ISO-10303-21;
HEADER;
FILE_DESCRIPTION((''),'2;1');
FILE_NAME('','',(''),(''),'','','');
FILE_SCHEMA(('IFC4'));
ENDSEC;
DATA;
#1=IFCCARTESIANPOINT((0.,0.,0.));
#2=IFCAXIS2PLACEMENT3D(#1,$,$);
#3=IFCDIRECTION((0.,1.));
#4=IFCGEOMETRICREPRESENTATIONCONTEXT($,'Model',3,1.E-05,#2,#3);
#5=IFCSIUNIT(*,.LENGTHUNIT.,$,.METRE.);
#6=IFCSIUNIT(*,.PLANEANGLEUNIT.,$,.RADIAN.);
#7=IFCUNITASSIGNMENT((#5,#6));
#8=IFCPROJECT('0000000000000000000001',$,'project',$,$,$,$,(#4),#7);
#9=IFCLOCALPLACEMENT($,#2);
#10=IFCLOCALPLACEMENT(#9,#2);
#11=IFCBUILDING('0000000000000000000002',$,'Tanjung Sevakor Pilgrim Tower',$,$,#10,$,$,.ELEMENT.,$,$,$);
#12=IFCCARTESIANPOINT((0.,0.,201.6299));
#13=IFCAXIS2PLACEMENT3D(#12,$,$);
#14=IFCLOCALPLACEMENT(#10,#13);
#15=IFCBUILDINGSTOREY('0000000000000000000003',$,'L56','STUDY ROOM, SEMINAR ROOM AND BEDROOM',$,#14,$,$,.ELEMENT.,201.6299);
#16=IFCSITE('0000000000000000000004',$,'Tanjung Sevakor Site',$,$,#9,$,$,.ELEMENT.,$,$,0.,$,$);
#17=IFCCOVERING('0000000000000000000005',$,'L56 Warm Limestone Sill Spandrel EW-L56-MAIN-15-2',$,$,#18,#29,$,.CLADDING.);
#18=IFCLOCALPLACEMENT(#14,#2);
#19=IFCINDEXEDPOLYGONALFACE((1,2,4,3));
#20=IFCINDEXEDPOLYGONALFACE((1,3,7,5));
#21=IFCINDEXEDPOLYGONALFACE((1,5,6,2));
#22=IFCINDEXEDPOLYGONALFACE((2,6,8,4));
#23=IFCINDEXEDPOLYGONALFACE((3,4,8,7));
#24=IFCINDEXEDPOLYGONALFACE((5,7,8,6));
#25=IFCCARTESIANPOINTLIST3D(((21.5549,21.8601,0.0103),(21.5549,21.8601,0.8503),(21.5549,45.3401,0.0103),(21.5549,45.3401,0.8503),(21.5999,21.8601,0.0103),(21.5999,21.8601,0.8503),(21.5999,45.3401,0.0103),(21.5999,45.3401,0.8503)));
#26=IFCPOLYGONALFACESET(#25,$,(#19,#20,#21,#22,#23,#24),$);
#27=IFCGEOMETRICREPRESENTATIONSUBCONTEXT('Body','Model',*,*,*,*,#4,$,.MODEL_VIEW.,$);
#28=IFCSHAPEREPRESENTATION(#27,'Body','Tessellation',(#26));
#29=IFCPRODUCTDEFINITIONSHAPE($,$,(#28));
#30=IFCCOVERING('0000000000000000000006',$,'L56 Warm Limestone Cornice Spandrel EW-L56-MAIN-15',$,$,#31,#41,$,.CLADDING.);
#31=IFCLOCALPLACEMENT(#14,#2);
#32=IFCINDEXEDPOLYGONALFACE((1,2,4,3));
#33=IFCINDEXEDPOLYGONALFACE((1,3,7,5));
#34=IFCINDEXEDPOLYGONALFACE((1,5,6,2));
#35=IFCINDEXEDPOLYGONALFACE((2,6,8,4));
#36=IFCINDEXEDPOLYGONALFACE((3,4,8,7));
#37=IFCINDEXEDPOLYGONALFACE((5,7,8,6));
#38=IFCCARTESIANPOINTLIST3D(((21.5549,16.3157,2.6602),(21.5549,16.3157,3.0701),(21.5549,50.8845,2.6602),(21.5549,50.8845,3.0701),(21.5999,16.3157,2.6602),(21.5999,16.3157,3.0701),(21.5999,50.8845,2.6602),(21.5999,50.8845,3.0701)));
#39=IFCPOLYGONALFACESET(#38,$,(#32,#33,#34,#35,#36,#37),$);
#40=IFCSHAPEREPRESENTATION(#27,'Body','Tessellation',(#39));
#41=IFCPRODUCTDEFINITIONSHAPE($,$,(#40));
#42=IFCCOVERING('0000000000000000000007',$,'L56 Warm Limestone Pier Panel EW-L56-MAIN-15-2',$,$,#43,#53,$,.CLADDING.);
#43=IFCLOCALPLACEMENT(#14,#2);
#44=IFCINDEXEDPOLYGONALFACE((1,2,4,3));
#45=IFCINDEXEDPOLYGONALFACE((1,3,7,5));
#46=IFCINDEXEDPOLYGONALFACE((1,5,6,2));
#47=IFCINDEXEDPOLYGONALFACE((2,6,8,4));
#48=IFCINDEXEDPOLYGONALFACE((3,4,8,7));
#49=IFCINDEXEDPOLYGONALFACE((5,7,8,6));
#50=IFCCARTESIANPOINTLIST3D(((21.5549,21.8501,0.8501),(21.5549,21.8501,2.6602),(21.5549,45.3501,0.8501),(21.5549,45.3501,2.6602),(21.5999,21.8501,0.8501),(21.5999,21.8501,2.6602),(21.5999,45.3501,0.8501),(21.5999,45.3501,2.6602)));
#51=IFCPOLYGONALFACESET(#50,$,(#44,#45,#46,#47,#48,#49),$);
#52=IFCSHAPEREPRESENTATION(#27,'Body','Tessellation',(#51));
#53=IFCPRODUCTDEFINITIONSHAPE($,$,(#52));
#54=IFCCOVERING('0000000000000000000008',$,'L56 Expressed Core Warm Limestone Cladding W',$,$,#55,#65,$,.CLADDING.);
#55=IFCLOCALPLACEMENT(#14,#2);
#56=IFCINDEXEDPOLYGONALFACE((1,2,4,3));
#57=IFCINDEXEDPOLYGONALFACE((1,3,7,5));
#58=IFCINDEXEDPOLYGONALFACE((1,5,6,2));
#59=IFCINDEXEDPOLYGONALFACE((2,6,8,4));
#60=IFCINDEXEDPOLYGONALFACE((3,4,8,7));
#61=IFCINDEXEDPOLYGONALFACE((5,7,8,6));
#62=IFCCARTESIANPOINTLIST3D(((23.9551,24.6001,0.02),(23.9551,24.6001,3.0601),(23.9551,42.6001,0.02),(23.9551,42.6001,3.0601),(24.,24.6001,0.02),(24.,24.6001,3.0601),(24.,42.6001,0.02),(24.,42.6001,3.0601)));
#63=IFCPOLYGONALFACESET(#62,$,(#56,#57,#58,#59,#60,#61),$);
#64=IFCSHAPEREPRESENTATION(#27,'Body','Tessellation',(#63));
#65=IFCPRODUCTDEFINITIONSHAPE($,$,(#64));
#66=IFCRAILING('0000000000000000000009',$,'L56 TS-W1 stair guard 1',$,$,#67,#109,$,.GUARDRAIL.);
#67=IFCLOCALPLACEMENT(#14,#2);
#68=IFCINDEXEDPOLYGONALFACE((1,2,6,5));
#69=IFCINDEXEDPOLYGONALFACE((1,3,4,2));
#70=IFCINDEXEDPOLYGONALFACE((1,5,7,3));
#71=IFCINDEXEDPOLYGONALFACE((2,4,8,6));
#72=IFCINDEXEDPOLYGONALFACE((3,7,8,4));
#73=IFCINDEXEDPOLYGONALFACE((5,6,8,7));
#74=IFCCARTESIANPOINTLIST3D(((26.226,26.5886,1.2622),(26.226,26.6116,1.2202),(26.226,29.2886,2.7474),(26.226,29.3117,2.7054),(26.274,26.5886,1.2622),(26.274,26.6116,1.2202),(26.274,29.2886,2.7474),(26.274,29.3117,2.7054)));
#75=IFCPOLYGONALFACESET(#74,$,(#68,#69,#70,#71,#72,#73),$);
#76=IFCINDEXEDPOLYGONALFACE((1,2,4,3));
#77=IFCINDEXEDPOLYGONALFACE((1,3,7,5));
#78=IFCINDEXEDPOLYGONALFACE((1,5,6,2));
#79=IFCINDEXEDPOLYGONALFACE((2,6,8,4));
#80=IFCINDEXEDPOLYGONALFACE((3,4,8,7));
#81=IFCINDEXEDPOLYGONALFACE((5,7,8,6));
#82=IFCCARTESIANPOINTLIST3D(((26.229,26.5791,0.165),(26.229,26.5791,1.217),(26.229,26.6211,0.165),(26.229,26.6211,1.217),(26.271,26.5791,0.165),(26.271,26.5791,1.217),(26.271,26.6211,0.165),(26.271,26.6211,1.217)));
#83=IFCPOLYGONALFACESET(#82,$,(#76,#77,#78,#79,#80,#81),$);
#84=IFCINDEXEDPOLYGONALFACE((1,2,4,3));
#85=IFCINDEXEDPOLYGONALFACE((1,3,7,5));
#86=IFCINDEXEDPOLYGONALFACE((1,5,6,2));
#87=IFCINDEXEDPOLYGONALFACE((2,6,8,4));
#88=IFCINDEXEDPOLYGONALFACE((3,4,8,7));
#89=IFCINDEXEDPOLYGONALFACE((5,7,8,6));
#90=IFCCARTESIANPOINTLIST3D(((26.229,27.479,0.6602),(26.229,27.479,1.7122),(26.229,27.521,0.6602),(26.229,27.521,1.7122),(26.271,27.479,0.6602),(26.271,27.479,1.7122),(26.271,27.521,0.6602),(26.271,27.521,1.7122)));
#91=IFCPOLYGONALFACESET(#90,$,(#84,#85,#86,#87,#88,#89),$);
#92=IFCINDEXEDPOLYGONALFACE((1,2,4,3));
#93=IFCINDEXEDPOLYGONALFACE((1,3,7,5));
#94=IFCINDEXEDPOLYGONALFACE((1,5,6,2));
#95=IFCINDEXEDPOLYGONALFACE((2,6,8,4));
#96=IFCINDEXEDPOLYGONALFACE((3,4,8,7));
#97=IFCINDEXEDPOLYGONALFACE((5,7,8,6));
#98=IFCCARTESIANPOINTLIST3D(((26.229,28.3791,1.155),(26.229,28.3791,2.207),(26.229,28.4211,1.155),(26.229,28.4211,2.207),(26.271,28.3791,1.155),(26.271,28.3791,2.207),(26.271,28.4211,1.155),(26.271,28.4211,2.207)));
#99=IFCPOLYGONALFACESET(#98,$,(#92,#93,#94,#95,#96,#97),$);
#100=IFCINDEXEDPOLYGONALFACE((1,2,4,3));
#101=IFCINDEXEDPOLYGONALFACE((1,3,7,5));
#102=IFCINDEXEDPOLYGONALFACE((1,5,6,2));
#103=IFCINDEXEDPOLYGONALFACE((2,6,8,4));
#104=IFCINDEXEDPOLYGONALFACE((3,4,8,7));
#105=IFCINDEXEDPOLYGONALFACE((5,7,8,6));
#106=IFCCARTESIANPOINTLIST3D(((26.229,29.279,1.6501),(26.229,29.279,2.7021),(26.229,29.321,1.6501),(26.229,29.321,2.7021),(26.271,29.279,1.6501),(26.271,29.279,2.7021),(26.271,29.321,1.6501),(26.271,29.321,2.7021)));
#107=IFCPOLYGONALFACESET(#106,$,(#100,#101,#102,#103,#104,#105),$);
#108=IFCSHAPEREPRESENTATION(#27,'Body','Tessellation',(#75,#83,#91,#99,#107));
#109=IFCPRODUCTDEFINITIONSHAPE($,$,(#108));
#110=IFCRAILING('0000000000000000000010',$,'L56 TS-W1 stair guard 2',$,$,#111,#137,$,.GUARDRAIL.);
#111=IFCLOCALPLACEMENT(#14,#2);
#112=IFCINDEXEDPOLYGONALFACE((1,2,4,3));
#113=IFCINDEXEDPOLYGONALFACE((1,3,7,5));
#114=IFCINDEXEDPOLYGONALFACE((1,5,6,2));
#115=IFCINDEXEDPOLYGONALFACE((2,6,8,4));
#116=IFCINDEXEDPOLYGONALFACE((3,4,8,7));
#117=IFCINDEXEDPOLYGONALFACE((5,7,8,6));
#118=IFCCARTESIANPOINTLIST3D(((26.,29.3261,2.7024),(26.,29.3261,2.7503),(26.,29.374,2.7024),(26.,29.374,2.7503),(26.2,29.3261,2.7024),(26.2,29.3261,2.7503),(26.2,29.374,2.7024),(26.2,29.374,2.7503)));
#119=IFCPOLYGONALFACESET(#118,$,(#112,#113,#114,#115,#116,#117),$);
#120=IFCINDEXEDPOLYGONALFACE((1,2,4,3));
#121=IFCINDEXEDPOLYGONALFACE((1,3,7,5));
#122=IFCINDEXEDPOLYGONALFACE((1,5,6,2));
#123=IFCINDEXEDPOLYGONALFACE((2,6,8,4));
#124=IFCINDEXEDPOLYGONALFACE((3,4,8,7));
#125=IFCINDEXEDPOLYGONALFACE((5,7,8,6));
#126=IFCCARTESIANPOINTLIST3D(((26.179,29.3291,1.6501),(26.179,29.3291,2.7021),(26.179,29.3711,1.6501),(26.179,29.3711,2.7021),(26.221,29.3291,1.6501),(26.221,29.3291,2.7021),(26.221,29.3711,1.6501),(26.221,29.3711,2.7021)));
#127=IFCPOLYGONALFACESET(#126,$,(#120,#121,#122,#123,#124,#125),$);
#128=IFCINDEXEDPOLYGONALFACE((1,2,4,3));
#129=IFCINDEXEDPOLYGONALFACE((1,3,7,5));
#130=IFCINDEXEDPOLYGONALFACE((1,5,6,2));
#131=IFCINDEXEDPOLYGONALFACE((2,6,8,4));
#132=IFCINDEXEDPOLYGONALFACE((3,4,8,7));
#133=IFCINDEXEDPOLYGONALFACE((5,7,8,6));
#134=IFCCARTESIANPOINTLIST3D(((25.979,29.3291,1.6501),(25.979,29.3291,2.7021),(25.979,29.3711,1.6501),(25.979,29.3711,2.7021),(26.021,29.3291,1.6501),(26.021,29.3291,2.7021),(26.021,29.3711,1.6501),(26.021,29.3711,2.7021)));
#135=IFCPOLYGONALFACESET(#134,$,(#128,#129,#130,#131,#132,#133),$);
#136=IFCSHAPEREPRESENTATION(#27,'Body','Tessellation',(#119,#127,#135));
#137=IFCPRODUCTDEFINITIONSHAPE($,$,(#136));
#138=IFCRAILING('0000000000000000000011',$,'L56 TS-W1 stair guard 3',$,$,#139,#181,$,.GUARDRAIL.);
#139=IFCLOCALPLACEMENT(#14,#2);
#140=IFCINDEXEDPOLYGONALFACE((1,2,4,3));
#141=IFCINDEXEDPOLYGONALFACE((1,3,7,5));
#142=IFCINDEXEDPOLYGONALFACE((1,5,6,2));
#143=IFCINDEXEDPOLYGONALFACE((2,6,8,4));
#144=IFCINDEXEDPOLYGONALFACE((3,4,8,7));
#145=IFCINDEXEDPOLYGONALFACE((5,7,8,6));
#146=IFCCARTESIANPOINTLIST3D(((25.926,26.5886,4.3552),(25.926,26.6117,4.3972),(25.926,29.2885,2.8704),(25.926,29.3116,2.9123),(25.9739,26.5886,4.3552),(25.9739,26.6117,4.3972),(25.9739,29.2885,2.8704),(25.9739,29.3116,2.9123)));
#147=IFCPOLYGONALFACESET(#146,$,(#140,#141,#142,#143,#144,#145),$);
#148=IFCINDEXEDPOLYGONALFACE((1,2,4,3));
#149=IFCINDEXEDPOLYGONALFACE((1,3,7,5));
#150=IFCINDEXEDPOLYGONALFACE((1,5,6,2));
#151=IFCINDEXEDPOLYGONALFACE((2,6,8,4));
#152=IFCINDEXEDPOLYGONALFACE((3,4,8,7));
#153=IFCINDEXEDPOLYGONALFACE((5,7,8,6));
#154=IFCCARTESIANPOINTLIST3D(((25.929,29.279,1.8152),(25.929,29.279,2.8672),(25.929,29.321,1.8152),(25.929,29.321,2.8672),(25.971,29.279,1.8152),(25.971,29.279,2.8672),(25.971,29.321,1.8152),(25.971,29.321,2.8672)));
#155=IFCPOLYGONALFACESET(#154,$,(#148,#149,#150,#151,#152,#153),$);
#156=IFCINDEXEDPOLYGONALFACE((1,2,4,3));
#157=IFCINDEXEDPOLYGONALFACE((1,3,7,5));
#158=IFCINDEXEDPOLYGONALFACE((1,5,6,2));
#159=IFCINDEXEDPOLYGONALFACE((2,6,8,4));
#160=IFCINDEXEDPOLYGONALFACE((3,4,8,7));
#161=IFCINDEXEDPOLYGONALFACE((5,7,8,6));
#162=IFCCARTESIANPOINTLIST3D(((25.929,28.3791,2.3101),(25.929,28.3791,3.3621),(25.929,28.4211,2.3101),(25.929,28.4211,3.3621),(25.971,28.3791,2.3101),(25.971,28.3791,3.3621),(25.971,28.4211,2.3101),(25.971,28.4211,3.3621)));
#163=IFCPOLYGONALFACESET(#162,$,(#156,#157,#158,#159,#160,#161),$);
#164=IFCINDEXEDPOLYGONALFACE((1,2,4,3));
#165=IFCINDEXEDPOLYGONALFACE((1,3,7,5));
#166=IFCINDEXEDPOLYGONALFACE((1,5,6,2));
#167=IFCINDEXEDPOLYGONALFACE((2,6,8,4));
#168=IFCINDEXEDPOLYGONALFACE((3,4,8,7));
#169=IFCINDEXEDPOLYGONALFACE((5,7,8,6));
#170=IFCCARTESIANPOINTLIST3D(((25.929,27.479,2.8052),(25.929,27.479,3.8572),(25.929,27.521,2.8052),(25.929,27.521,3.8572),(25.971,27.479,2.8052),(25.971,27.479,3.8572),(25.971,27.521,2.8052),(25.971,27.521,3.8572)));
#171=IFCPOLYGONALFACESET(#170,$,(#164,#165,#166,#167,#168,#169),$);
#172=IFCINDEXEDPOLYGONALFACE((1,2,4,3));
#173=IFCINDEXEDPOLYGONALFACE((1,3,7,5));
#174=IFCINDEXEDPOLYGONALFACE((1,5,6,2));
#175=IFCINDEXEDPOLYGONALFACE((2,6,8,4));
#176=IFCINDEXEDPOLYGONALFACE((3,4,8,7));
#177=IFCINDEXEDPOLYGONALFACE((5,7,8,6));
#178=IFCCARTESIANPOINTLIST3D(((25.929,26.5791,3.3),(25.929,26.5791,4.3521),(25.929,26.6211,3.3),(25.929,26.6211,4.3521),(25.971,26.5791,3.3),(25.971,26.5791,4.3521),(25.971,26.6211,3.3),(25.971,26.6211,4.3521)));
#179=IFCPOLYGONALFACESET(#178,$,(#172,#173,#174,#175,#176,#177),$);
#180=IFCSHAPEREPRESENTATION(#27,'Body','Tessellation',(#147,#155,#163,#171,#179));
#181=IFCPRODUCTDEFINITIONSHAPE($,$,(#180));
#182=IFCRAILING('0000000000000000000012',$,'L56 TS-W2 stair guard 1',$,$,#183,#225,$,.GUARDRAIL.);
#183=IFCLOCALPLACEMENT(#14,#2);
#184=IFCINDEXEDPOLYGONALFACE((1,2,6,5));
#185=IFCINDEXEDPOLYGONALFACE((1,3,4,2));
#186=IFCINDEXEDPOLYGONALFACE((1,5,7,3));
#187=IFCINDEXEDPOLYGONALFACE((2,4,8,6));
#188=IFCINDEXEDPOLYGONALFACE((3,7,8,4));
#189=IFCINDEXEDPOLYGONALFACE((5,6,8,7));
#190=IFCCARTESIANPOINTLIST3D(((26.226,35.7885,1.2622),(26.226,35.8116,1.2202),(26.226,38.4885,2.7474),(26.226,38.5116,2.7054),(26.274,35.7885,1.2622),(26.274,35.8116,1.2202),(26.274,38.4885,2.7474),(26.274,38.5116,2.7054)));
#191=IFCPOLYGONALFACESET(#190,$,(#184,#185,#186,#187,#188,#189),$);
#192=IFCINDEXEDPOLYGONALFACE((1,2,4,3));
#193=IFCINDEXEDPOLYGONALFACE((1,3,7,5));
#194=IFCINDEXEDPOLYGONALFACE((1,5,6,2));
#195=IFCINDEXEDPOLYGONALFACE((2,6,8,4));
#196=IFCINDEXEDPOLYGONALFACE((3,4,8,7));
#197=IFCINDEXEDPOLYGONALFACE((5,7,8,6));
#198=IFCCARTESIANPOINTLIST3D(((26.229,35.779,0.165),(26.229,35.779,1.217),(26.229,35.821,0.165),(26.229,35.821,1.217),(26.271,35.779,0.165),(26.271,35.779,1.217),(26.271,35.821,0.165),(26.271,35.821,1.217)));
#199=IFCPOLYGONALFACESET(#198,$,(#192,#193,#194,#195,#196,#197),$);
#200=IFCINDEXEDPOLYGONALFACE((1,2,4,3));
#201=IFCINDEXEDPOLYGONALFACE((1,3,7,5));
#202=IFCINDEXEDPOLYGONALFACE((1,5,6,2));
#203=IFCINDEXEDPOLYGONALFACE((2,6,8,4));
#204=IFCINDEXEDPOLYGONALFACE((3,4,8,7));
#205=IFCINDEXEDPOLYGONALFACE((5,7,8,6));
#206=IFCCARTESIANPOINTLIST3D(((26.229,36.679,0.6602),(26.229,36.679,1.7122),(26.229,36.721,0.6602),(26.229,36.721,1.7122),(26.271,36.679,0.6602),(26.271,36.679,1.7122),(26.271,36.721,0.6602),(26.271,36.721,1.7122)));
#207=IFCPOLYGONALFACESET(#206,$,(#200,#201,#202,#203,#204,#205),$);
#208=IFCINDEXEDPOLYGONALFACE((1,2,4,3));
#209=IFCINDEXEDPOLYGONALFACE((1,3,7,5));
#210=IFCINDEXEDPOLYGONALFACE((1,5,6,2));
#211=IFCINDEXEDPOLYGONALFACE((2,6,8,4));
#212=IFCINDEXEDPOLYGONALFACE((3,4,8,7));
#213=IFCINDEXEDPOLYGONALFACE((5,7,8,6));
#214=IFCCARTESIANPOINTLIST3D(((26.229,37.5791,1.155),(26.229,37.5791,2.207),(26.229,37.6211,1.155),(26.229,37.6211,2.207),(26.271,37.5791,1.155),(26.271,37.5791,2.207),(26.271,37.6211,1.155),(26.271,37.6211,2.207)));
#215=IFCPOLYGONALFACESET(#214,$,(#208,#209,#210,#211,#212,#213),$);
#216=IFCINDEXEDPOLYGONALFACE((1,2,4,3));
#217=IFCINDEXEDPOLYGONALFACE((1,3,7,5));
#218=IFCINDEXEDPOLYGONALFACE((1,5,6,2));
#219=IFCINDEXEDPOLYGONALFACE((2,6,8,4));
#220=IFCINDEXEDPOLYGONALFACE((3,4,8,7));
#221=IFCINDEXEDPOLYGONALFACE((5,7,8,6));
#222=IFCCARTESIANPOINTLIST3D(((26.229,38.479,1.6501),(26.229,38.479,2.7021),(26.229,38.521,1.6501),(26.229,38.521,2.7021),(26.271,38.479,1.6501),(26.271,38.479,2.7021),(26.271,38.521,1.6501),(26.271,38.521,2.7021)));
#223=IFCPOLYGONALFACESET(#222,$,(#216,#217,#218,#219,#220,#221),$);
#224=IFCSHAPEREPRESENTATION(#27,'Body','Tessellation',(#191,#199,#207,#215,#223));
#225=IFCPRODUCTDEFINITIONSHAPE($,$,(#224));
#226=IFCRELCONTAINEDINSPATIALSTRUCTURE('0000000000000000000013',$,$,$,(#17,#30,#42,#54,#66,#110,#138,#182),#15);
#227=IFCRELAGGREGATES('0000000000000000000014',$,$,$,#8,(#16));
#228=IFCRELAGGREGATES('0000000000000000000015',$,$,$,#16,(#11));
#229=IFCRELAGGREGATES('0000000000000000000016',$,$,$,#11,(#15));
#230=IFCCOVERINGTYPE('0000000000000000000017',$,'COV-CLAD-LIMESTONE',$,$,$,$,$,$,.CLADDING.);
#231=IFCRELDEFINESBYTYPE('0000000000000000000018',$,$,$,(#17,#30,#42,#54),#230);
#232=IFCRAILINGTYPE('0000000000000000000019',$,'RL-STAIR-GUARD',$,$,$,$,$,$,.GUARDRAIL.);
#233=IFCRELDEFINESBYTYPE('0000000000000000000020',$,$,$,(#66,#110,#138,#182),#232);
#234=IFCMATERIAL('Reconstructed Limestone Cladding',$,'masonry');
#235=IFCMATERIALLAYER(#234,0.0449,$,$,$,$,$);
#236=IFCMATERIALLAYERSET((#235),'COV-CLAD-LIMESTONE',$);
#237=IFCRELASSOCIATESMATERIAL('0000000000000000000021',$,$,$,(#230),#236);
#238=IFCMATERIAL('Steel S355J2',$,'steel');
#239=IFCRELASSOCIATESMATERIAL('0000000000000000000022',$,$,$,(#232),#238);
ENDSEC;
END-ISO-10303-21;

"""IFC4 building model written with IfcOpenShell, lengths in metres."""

from ifc_helpers import new_model, si_unit, direction, frame, origin, origin_2d, place, context, subcontext, project, spatial, rectangle, extrude, material, layer, layer_set, type_object, element, save


model = new_model("IFC4")

# Units and contexts
model_context = context("Model", 3, precision=1e-05, world=origin(), true_north=direction((0.0, 1.0)))
body_context = subcontext(model_context, "Body", "Model", "MODEL_VIEW")
ifc_project = project(units=[si_unit("LENGTHUNIT", "METRE"), si_unit("PLANEANGLEUNIT", "RADIAN")], contexts=[model_context])

# Site, building, storey
site_placement = place(None, origin())
site = spatial("IfcSite", under=ifc_project, at=site_placement, Name="Tanjung Sevakor Site", CompositionType="ELEMENT", RefElevation=0.0)
building_placement = place(site_placement, origin())
building = spatial("IfcBuilding", under=site, at=building_placement, Name="Tanjung Sevakor Pilgrim Tower", CompositionType="ELEMENT")
storey_placement = place(building_placement, frame((0.0, 0.0, 201.6299)))
storey = spatial("IfcBuildingStorey", under=building, at=storey_placement, Name="L56", Description="STUDY ROOM, SEMINAR ROOM AND BEDROOM", CompositionType="ELEMENT", Elevation=201.6299)

# Coverings
ifc_material_1 = material(Name="Reconstructed Limestone Cladding", Category="masonry")
ifc_layer_1 = layer(ifc_material_1, 0.0449)
ifc_layer_set_1 = layer_set([ifc_layer_1], Name="COV-CLAD-LIMESTONE")
covering_type = type_object("IfcCoveringType", Name="COV-CLAD-LIMESTONE", PredefinedType="CLADDING", material=ifc_layer_set_1)
covering_1_placement = place(storey_placement, frame((21.5774, 33.6001, 0.0103), z_axis=(0.0, 0.0, 1.0), x_axis=(0.0, -1.0, 0.0)))
element("IfcCovering", 1, at=covering_1_placement, inside=storey, type_object=covering_type, Name="L56 Warm Limestone Sill Spandrel EW-L56-MAIN-15-2", PredefinedType="CLADDING", context=body_context, shape_type="SweptSolid", body=[
    extrude(rectangle(XDim=23.48, YDim=0.0449, at=origin_2d()), origin(), (0.0, 0.0, 1.0), 0.8401),
])
covering_2_placement = place(storey_placement, frame((21.5774, 33.6001, 2.6602), z_axis=(0.0, 0.0, 1.0), x_axis=(0.0, -1.0, 0.0)))
element("IfcCovering", 2, at=covering_2_placement, inside=storey, type_object=covering_type, Name="L56 Warm Limestone Cornice Spandrel EW-L56-MAIN-15", PredefinedType="CLADDING", context=body_context, shape_type="SweptSolid", body=[
    extrude(rectangle(XDim=34.5688, YDim=0.0449, at=origin_2d()), origin(), (0.0, 0.0, 1.0), 0.4099),
])
covering_3_placement = place(storey_placement, frame((21.5774, 33.6001, 0.8501), z_axis=(0.0, 0.0, 1.0), x_axis=(0.0, -1.0, 0.0)))
element("IfcCovering", 3, at=covering_3_placement, inside=storey, type_object=covering_type, Name="L56 Warm Limestone Pier Panel EW-L56-MAIN-15-2", PredefinedType="CLADDING", context=body_context, shape_type="SweptSolid", body=[
    extrude(rectangle(XDim=23.5, YDim=0.0449, at=origin_2d()), origin(), (0.0, 0.0, 1.0), 1.8101),
])
covering_4_placement = place(storey_placement, frame((23.9775, 33.6001, 0.02), z_axis=(0.0, 0.0, 1.0), x_axis=(1.0, 0.0, 0.0)))
element("IfcCovering", 4, at=covering_4_placement, inside=storey, type_object=covering_type, Name="L56 Expressed Core Warm Limestone Cladding W", PredefinedType="CLADDING", context=body_context, shape_type="SweptSolid", body=[
    extrude(rectangle(XDim=0.0449, YDim=18.0, at=origin_2d()), origin(), (0.0, 0.0, 1.0), 3.04),
])

# Railings
ifc_material_2 = material(Name="Steel S355J2", Category="steel")
railing_type_1 = type_object("IfcRailingType", Name="RL-STAIR-GUARD", PredefinedType="GUARDRAIL", material=ifc_material_2)
railing_1_placement = place(storey_placement, frame((26.25, 26.6001, 0.165)))
element("IfcRailing", 5, at=railing_1_placement, inside=storey, type_object=railing_type_1, Name="L56 TS-W1 stair guard 1", PredefinedType="GUARDRAIL", context=body_context, shape_type="SweptSolid", body=[
    extrude(rectangle(XDim=0.0479, YDim=0.0479), frame((0.0, 0.0, 1.0762), z_axis=(0.0, 0.876198, 0.481952), x_axis=(-1.0, 0.0, 0.0)), (0.0, 0.0, 1.0), 3.0815),
    extrude(rectangle(XDim=0.042, YDim=0.042), origin(), (0.0, 0.0, 1.0), 1.052),
    extrude(rectangle(XDim=0.042, YDim=0.042), frame((0.0, 0.8999, 0.4951)), (0.0, 0.0, 1.0), 1.052),
    extrude(rectangle(XDim=0.042, YDim=0.042), frame((0.0, 1.8, 0.99)), (0.0, 0.0, 1.0), 1.052),
    extrude(rectangle(XDim=0.042, YDim=0.042), frame((0.0, 2.7, 1.4851)), (0.0, 0.0, 1.0), 1.052),
])
railing_2_placement = place(storey_placement, frame((26.2, 29.3501, 1.6501)))
element("IfcRailing", 6, at=railing_2_placement, inside=storey, type_object=railing_type_1, Name="L56 TS-W1 stair guard 2", PredefinedType="GUARDRAIL", context=body_context, shape_type="SweptSolid", body=[
    extrude(rectangle(XDim=0.0479, YDim=0.0479), frame((0.0, 0.0, 1.0762), z_axis=(-1.0, 0.0, 0.0), x_axis=(0.0, -1.0, 0.0)), (0.0, 0.0, 1.0), 0.2),
    extrude(rectangle(XDim=0.042, YDim=0.042), origin(), (0.0, 0.0, 1.0), 1.052),
    extrude(rectangle(XDim=0.042, YDim=0.042), frame((-0.2, 0.0, 0.0)), (0.0, 0.0, 1.0), 1.052),
])
railing_3_placement = place(storey_placement, frame((25.95, 29.3, 1.8152)))
element("IfcRailing", 7, at=railing_3_placement, inside=storey, type_object=railing_type_1, Name="L56 TS-W1 stair guard 3", PredefinedType="GUARDRAIL", context=body_context, shape_type="SweptSolid", body=[
    extrude(rectangle(XDim=0.0479, YDim=0.0479), frame((0.0, 0.0, 1.0762), z_axis=(0.0, -0.876231, 0.481891), x_axis=(1.0, 0.0, 0.0)), (0.0, 0.0, 1.0), 3.0813),
    extrude(rectangle(XDim=0.042, YDim=0.042), origin(), (0.0, 0.0, 1.0), 1.052),
    extrude(rectangle(XDim=0.042, YDim=0.042), frame((0.0, -0.8999, 0.4949)), (0.0, 0.0, 1.0), 1.052),
    extrude(rectangle(XDim=0.042, YDim=0.042), frame((0.0, -1.8, 0.99)), (0.0, 0.0, 1.0), 1.052),
    extrude(rectangle(XDim=0.042, YDim=0.042), frame((0.0, -2.7, 1.4849)), (0.0, 0.0, 1.0), 1.052),
])
railing_4_placement = place(storey_placement, frame((26.25, 35.8, 0.165)))
element("IfcRailing", 8, at=railing_4_placement, inside=storey, type_object=railing_type_1, Name="L56 TS-W2 stair guard 1", PredefinedType="GUARDRAIL", context=body_context, shape_type="SweptSolid", body=[
    extrude(rectangle(XDim=0.0479, YDim=0.0479), frame((0.0, 0.0, 1.0762), z_axis=(0.0, 0.876198, 0.481952), x_axis=(-1.0, 0.0, 0.0)), (0.0, 0.0, 1.0), 3.0815),
    extrude(rectangle(XDim=0.042, YDim=0.042), origin(), (0.0, 0.0, 1.0), 1.052),
    extrude(rectangle(XDim=0.042, YDim=0.042), frame((0.0, 0.8999, 0.4951)), (0.0, 0.0, 1.0), 1.052),
    extrude(rectangle(XDim=0.042, YDim=0.042), frame((0.0, 1.8, 0.99)), (0.0, 0.0, 1.0), 1.052),
    extrude(rectangle(XDim=0.042, YDim=0.042), frame((0.0, 2.7, 1.4851)), (0.0, 0.0, 1.0), 1.052),
])

save(model, "model.ifc")
